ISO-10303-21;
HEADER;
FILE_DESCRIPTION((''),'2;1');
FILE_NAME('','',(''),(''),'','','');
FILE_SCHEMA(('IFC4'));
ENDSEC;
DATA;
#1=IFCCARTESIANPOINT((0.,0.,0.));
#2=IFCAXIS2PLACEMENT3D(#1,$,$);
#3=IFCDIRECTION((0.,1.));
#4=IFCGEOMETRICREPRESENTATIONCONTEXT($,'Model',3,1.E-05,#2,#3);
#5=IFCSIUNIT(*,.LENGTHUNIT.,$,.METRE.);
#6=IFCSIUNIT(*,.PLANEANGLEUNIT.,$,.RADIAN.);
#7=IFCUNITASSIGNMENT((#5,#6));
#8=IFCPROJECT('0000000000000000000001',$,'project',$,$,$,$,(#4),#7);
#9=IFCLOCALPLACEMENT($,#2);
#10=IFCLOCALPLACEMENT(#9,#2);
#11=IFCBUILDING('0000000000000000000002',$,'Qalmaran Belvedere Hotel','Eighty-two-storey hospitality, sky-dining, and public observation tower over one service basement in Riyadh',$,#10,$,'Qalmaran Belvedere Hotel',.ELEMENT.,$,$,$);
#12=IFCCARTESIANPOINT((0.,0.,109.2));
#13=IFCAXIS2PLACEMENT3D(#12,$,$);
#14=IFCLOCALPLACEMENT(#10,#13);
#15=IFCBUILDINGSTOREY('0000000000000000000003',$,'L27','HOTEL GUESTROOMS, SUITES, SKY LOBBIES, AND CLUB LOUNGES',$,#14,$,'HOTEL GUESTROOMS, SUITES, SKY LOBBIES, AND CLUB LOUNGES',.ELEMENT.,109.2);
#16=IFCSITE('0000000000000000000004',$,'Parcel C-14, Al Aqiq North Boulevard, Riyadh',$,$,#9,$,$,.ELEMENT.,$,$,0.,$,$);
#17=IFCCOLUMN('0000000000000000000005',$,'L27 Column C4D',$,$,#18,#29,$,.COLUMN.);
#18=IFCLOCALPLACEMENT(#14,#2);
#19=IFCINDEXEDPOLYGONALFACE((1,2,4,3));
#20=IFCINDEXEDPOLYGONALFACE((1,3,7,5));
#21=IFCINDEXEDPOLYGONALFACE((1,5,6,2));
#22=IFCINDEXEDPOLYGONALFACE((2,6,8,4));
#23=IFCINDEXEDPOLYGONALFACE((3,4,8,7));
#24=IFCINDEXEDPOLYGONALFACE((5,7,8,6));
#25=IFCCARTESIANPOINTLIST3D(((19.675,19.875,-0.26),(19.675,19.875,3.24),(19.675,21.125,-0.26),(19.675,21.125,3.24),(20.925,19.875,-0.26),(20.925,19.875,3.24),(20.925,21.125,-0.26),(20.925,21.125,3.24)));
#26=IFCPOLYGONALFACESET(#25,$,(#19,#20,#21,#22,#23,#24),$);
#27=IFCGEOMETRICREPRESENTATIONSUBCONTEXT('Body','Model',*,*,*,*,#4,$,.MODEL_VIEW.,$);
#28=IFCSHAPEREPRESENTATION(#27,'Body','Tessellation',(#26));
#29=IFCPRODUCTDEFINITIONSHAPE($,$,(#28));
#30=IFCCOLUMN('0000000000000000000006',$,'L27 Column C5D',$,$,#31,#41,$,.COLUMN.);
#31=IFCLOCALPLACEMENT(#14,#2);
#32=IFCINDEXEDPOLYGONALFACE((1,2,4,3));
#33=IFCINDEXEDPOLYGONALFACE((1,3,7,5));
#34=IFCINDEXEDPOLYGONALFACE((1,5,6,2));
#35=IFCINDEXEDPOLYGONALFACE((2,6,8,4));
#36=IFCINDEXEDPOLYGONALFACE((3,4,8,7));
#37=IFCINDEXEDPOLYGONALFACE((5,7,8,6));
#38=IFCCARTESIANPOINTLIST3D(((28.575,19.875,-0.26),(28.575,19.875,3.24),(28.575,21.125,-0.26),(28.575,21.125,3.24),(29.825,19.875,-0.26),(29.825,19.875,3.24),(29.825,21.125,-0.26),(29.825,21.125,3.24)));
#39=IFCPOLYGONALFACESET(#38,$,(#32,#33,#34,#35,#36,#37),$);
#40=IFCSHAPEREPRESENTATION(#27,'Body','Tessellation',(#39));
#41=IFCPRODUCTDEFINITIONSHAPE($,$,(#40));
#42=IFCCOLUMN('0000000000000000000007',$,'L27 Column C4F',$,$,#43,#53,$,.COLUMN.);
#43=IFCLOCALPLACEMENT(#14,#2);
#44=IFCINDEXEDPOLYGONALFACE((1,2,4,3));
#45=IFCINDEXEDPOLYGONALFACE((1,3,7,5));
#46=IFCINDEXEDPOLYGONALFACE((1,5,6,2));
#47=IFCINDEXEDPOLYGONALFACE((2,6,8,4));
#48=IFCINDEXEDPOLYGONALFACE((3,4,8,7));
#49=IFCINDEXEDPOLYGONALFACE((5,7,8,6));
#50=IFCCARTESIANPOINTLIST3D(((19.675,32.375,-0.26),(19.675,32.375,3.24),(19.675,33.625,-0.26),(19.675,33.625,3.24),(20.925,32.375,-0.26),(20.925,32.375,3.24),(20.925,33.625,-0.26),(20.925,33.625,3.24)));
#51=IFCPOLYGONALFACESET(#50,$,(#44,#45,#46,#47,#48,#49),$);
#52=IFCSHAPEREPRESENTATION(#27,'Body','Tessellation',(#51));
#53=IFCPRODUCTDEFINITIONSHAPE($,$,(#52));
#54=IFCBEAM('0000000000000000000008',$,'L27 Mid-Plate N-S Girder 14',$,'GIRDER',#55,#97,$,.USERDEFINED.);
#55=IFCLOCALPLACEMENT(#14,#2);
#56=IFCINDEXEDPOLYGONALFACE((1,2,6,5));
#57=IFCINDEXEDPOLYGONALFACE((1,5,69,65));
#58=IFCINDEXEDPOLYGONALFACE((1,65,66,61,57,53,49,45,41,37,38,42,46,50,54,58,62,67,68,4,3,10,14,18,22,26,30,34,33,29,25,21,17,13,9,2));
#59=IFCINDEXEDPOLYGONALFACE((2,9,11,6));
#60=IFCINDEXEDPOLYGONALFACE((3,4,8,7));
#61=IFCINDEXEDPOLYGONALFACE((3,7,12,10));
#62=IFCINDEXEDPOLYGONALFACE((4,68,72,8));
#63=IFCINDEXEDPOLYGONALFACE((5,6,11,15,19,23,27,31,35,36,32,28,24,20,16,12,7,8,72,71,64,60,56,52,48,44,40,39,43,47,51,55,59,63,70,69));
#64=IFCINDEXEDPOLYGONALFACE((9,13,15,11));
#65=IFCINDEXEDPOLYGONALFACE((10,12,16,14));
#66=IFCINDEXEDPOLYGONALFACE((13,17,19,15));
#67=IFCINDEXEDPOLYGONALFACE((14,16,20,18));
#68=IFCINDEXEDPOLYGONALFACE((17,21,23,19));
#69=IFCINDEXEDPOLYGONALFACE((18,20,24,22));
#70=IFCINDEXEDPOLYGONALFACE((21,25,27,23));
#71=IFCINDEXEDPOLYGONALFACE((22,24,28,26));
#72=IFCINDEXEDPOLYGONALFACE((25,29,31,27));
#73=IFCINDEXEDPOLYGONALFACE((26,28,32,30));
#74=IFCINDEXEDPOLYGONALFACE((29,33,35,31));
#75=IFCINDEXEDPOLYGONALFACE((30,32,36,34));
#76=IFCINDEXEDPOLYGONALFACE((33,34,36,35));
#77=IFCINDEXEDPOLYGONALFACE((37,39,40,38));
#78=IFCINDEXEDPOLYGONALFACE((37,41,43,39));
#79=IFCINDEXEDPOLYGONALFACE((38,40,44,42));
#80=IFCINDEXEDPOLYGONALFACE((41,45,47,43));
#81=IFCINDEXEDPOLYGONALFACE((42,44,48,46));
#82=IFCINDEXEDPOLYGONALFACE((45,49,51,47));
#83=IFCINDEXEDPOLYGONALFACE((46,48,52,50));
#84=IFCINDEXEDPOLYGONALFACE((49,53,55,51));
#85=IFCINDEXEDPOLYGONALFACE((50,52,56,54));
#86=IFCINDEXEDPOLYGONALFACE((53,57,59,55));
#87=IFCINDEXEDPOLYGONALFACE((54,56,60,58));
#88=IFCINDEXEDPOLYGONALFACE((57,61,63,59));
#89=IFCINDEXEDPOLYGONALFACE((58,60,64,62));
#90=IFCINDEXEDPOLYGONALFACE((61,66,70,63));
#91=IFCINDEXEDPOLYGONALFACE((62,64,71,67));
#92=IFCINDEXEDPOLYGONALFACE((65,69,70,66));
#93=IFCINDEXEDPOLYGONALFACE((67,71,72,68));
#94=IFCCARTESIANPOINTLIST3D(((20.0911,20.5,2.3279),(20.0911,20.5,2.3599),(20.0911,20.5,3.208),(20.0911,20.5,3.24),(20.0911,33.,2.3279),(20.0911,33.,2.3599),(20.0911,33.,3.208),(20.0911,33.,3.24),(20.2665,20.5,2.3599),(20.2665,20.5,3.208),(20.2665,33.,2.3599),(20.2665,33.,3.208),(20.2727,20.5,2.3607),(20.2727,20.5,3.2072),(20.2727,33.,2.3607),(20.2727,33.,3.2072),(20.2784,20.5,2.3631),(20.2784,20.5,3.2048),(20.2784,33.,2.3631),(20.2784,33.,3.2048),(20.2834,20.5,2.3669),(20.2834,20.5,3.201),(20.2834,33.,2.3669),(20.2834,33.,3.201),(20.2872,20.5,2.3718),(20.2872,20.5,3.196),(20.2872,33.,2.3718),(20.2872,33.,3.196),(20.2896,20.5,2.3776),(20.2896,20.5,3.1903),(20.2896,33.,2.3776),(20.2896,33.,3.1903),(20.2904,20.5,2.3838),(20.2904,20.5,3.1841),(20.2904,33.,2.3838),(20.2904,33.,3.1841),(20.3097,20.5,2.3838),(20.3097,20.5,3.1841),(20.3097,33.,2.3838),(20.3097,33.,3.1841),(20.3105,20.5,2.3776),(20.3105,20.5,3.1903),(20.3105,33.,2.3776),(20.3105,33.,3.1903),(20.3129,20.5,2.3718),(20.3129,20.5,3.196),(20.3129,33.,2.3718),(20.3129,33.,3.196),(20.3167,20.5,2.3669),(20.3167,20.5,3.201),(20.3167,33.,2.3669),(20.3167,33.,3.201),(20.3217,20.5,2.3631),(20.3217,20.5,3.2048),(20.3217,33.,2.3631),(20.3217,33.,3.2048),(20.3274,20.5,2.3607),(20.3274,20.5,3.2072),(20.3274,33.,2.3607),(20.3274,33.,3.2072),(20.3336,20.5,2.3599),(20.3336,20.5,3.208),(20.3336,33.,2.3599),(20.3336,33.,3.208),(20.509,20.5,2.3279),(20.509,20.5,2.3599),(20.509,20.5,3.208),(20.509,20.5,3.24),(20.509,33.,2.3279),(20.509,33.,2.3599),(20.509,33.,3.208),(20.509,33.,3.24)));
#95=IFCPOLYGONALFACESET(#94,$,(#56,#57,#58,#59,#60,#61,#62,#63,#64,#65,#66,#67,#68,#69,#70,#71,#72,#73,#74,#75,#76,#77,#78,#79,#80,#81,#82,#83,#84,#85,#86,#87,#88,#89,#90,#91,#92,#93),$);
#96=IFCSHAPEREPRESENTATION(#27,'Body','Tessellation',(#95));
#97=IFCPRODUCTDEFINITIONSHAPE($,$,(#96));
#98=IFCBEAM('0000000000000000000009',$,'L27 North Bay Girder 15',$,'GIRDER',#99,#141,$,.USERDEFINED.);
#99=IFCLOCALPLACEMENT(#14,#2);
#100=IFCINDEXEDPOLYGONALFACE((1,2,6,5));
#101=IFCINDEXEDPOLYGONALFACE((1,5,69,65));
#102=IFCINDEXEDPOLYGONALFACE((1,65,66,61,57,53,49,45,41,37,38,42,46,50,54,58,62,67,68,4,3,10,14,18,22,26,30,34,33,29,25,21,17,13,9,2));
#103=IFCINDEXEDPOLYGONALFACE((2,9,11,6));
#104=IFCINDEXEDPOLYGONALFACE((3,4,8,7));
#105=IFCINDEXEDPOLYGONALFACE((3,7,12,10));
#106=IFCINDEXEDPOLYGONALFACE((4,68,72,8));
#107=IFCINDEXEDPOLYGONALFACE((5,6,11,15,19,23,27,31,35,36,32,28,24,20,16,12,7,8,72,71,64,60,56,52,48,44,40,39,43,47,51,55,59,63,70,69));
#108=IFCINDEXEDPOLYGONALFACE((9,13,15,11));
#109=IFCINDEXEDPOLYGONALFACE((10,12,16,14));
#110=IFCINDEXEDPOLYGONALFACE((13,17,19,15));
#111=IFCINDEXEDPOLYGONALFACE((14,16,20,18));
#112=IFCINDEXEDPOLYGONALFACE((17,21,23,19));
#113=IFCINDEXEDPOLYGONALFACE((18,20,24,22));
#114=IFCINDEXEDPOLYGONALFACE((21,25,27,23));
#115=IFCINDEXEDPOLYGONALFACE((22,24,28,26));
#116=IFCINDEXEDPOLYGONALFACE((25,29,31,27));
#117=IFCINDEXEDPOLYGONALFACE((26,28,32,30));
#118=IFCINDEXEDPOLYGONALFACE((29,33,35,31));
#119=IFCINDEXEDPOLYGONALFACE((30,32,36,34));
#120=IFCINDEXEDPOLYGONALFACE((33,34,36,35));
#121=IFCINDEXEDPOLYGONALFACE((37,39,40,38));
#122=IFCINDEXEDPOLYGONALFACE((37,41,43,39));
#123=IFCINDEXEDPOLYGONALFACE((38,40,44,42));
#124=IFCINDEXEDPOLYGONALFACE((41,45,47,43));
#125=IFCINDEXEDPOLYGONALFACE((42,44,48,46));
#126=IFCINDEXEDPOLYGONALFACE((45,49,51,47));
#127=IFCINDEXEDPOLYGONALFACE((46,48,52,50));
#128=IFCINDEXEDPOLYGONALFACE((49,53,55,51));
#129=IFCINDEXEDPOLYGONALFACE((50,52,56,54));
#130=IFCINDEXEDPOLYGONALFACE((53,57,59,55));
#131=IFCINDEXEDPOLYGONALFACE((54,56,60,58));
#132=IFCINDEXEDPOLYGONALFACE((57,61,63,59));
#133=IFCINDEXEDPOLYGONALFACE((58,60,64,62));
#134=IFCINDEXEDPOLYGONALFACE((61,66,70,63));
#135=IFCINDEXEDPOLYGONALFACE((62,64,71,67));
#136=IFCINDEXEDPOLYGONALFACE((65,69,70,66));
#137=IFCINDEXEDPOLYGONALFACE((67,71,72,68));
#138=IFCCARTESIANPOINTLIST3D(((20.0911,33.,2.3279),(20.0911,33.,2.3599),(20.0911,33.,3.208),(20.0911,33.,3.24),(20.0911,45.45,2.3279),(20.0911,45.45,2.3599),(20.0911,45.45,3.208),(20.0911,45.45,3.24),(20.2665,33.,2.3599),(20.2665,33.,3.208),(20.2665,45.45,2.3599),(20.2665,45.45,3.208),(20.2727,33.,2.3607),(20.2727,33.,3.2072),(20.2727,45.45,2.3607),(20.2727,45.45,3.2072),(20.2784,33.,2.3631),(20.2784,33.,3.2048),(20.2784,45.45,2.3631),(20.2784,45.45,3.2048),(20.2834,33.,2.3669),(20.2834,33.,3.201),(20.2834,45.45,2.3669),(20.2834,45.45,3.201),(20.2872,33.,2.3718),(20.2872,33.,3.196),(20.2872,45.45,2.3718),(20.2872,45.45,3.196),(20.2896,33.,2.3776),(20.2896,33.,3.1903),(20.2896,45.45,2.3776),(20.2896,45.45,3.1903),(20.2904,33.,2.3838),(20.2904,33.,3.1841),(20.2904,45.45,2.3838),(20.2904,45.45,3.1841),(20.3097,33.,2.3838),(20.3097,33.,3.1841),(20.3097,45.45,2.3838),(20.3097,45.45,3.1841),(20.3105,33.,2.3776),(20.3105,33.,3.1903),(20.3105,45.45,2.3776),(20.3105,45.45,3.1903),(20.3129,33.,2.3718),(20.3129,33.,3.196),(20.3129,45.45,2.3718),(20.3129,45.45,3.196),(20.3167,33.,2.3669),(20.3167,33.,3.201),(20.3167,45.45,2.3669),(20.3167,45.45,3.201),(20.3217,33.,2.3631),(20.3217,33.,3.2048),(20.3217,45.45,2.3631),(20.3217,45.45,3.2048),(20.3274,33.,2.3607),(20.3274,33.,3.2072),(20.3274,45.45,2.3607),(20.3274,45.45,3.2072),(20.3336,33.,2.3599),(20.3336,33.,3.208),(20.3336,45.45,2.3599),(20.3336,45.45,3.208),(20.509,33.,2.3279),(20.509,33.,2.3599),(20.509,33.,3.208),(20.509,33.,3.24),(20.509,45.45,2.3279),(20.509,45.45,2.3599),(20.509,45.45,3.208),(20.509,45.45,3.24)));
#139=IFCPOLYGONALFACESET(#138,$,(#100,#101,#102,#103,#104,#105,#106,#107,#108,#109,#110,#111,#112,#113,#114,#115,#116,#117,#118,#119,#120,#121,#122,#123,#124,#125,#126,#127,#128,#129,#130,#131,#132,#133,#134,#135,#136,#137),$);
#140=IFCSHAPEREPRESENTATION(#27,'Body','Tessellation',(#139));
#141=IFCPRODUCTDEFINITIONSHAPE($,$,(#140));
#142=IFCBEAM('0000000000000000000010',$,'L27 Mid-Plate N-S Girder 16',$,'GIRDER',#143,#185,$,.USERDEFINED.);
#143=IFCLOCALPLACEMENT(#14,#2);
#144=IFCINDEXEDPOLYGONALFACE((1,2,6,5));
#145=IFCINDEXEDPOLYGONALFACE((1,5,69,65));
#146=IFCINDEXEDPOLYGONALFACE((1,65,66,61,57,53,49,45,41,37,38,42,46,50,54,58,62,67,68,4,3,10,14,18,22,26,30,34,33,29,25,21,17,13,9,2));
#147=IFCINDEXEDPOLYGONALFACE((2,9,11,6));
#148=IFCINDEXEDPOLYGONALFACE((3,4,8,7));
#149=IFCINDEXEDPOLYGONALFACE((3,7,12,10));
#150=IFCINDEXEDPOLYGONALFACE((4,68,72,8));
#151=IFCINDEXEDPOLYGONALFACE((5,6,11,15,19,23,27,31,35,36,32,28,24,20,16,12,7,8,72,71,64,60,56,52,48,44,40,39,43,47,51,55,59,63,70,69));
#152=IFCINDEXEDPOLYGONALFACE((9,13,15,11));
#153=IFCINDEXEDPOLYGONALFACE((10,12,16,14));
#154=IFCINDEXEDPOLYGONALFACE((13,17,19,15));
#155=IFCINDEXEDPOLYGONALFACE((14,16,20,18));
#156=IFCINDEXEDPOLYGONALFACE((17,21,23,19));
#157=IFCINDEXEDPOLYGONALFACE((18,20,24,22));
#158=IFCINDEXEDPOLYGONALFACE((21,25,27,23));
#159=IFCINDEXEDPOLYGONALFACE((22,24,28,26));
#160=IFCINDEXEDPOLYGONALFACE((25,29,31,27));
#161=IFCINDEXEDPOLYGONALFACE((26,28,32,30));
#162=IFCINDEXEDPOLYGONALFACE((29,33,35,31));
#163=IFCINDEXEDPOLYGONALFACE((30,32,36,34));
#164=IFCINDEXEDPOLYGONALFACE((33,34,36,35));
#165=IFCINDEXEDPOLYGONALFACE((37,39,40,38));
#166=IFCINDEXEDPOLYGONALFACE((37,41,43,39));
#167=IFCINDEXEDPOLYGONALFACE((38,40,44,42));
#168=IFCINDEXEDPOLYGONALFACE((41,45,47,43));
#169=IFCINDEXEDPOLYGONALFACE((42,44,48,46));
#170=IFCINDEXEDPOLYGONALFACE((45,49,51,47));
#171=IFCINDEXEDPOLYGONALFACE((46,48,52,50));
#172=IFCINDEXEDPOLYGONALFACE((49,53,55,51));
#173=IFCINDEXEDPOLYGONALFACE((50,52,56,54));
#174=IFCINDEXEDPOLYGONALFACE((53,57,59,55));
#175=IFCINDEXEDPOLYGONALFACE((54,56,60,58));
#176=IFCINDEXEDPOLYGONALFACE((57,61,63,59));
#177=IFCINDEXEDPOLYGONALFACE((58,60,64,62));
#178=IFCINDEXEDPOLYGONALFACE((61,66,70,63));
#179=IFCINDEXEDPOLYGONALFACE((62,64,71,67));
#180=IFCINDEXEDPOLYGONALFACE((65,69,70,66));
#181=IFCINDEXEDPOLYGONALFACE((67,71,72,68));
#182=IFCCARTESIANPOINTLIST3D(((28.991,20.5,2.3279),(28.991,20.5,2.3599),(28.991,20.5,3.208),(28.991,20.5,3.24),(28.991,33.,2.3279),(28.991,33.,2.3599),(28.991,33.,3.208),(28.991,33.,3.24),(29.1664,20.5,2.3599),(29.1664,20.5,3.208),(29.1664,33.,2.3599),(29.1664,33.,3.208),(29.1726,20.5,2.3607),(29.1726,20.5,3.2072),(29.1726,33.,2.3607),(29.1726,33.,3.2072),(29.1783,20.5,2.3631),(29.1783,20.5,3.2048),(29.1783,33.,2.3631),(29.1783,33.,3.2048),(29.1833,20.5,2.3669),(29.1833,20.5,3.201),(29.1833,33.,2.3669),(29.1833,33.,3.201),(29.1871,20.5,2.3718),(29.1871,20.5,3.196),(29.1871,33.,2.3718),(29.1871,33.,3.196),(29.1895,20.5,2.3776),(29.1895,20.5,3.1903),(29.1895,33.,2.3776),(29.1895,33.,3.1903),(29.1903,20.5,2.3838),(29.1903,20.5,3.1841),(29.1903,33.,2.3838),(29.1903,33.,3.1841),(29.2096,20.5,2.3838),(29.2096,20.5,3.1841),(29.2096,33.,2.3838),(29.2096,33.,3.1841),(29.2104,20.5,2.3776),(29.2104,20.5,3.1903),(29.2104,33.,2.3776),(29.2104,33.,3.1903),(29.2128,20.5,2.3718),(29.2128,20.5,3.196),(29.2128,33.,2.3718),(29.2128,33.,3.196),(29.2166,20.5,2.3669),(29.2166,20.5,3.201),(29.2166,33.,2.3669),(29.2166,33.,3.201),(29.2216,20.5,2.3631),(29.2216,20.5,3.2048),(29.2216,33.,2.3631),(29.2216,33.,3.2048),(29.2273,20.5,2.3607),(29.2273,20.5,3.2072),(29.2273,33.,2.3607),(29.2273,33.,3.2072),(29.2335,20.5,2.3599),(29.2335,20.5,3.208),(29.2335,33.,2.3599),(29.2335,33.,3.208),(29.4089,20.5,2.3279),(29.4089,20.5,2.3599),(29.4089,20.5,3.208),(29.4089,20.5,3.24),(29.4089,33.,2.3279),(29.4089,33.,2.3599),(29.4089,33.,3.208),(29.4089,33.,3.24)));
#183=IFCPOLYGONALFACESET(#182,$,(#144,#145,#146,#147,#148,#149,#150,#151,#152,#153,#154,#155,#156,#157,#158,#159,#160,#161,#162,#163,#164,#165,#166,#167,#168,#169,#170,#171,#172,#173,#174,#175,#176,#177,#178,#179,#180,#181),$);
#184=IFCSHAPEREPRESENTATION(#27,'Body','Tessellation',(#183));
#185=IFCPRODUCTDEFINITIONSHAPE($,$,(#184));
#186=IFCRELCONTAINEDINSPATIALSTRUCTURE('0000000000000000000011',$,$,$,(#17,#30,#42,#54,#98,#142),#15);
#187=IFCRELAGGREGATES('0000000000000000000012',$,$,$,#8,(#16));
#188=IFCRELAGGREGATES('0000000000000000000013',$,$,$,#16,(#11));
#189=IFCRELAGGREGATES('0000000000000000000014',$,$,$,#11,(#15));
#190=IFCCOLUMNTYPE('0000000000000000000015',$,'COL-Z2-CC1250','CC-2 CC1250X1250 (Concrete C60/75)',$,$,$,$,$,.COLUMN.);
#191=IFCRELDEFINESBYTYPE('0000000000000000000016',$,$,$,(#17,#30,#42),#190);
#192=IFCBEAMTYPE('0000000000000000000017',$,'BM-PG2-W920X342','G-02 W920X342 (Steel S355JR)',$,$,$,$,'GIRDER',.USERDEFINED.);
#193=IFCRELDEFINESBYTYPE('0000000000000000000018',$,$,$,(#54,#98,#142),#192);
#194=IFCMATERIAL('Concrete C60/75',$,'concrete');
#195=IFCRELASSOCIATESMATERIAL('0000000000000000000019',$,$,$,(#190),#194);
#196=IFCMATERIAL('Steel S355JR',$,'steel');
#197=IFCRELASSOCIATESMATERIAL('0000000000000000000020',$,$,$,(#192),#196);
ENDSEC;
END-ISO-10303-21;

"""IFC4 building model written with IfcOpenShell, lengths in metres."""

from ifc_helpers import new_model, si_unit, direction, frame, origin, origin_2d, place, context, subcontext, project, spatial, rectangle, i_section, extrude, material, material_profile, profile_set, type_object, element, save


model = new_model("IFC4")

# Units and contexts
model_context = context("Model", 3, precision=1e-05, world=origin(), true_north=direction((0.0, 1.0)))
body_context = subcontext(model_context, "Body", "Model", "MODEL_VIEW")
ifc_project = project(units=[si_unit("LENGTHUNIT", "METRE"), si_unit("PLANEANGLEUNIT", "RADIAN")], contexts=[model_context])

# Site, building, storey
site_placement = place(None, origin())
site = spatial("IfcSite", under=ifc_project, at=site_placement, Name="Parcel C-14, Al Aqiq North Boulevard, Riyadh", CompositionType="ELEMENT", RefElevation=0.0)
building_placement = place(site_placement, origin())
building = spatial("IfcBuilding", under=site, at=building_placement, Name="Qalmaran Belvedere Hotel", Description="Eighty-two-storey hospitality, sky-dining, and public observation tower over one service basement in Riyadh", LongName="Qalmaran Belvedere Hotel", CompositionType="ELEMENT")
storey_placement = place(building_placement, frame((0.0, 0.0, 109.2)))
storey = spatial("IfcBuildingStorey", under=building, at=storey_placement, Name="L27", Description="HOTEL GUESTROOMS, SUITES, SKY LOBBIES, AND CLUB LOUNGES", LongName="HOTEL GUESTROOMS, SUITES, SKY LOBBIES, AND CLUB LOUNGES", CompositionType="ELEMENT", Elevation=109.2)

# Columns
ifc_material_1 = material(Name="Concrete C60/75", Category="concrete")
ifc_material_profile_1 = material_profile(ifc_material_1, rectangle(XDim=1.25, YDim=1.25, at=origin_2d()), Name="CC1250X1250")
ifc_profile_set_1 = profile_set([ifc_material_profile_1], Name="Concrete C60/75")
column_type = type_object("IfcColumnType", Name="COL-Z2-CC1250", Description="CC-2 CC1250X1250 (Concrete C60/75)", PredefinedType="COLUMN", material=ifc_profile_set_1)
for number, where, z_axis, x_axis, name in (
    (1, (20.3, 20.5, -0.26), (0.0, 0.0, 1.0), (1.0, 0.0, 0.0), "L27 Column C4D"),
    (2, (29.2, 20.5, -0.26), (0.0, 0.0, 1.0), (1.0, 0.0, 0.0), "L27 Column C5D"),
    (3, (20.3, 33.0, -0.26), (0.0, 0.0, 1.0), (1.0, 0.0, 0.0), "L27 Column C4F"),
):
    element("IfcColumn", number, at=place(storey_placement, frame(where, z_axis=z_axis, x_axis=x_axis)), inside=storey, type_object=column_type, Name=name, PredefinedType="COLUMN", context=body_context, shape_type="SweptSolid", body=[
        extrude(rectangle(XDim=1.25, YDim=1.25, at=origin_2d()), origin(), (0.0, 0.0, 1.0), 3.5),
    ])

# Beams
ifc_material_2 = material(Name="Steel S355JR", Category="steel")
ifc_material_profile_2 = material_profile(ifc_material_2, i_section(OverallWidth=0.418, OverallDepth=0.9121, WebThickness=0.0193, FlangeThickness=0.032, FilletRadius=0.0239, at=origin_2d()), Name="W920X342")
ifc_profile_set_2 = profile_set([ifc_material_profile_2], Name="Steel S355JR")
beam_type_1 = type_object("IfcBeamType", Name="BM-PG2-W920X342", Description="G-02 W920X342 (Steel S355JR)", ElementType="GIRDER", PredefinedType="USERDEFINED", material=ifc_profile_set_2)
beam_1_placement = place(storey_placement, frame((20.3, 20.5, 2.7839), z_axis=(0.0, 1.0, 0.0), x_axis=(-1.0, 0.0, 0.0)))
element("IfcBeam", 4, at=beam_1_placement, inside=storey, type_object=beam_type_1, Name="L27 Mid-Plate N-S Girder 14", ObjectType="GIRDER", PredefinedType="USERDEFINED", context=body_context, shape_type="SweptSolid", body=[
    extrude(i_section(OverallWidth=0.418, OverallDepth=0.9121, WebThickness=0.0193, FlangeThickness=0.032, FilletRadius=0.0239, at=origin_2d()), origin(), (0.0, 0.0, 1.0), 12.5),
])
beam_2_placement = place(storey_placement, frame((20.3, 33.0, 2.7839), z_axis=(0.0, 1.0, 0.0), x_axis=(-1.0, 0.0, 0.0)))
element("IfcBeam", 5, at=beam_2_placement, inside=storey, type_object=beam_type_1, Name="L27 North Bay Girder 15", ObjectType="GIRDER", PredefinedType="USERDEFINED", context=body_context, shape_type="SweptSolid", body=[
    extrude(i_section(OverallWidth=0.418, OverallDepth=0.9121, WebThickness=0.0193, FlangeThickness=0.032, FilletRadius=0.0239, at=origin_2d()), origin(), (0.0, 0.0, 1.0), 12.45),
])
beam_3_placement = place(storey_placement, frame((29.2, 20.5, 2.7839), z_axis=(0.0, 1.0, 0.0), x_axis=(-1.0, 0.0, 0.0)))
element("IfcBeam", 6, at=beam_3_placement, inside=storey, type_object=beam_type_1, Name="L27 Mid-Plate N-S Girder 16", ObjectType="GIRDER", PredefinedType="USERDEFINED", context=body_context, shape_type="SweptSolid", body=[
    extrude(i_section(OverallWidth=0.418, OverallDepth=0.9121, WebThickness=0.0193, FlangeThickness=0.032, FilletRadius=0.0239, at=origin_2d()), origin(), (0.0, 0.0, 1.0), 12.5),
])

save(model, "model.ifc")
